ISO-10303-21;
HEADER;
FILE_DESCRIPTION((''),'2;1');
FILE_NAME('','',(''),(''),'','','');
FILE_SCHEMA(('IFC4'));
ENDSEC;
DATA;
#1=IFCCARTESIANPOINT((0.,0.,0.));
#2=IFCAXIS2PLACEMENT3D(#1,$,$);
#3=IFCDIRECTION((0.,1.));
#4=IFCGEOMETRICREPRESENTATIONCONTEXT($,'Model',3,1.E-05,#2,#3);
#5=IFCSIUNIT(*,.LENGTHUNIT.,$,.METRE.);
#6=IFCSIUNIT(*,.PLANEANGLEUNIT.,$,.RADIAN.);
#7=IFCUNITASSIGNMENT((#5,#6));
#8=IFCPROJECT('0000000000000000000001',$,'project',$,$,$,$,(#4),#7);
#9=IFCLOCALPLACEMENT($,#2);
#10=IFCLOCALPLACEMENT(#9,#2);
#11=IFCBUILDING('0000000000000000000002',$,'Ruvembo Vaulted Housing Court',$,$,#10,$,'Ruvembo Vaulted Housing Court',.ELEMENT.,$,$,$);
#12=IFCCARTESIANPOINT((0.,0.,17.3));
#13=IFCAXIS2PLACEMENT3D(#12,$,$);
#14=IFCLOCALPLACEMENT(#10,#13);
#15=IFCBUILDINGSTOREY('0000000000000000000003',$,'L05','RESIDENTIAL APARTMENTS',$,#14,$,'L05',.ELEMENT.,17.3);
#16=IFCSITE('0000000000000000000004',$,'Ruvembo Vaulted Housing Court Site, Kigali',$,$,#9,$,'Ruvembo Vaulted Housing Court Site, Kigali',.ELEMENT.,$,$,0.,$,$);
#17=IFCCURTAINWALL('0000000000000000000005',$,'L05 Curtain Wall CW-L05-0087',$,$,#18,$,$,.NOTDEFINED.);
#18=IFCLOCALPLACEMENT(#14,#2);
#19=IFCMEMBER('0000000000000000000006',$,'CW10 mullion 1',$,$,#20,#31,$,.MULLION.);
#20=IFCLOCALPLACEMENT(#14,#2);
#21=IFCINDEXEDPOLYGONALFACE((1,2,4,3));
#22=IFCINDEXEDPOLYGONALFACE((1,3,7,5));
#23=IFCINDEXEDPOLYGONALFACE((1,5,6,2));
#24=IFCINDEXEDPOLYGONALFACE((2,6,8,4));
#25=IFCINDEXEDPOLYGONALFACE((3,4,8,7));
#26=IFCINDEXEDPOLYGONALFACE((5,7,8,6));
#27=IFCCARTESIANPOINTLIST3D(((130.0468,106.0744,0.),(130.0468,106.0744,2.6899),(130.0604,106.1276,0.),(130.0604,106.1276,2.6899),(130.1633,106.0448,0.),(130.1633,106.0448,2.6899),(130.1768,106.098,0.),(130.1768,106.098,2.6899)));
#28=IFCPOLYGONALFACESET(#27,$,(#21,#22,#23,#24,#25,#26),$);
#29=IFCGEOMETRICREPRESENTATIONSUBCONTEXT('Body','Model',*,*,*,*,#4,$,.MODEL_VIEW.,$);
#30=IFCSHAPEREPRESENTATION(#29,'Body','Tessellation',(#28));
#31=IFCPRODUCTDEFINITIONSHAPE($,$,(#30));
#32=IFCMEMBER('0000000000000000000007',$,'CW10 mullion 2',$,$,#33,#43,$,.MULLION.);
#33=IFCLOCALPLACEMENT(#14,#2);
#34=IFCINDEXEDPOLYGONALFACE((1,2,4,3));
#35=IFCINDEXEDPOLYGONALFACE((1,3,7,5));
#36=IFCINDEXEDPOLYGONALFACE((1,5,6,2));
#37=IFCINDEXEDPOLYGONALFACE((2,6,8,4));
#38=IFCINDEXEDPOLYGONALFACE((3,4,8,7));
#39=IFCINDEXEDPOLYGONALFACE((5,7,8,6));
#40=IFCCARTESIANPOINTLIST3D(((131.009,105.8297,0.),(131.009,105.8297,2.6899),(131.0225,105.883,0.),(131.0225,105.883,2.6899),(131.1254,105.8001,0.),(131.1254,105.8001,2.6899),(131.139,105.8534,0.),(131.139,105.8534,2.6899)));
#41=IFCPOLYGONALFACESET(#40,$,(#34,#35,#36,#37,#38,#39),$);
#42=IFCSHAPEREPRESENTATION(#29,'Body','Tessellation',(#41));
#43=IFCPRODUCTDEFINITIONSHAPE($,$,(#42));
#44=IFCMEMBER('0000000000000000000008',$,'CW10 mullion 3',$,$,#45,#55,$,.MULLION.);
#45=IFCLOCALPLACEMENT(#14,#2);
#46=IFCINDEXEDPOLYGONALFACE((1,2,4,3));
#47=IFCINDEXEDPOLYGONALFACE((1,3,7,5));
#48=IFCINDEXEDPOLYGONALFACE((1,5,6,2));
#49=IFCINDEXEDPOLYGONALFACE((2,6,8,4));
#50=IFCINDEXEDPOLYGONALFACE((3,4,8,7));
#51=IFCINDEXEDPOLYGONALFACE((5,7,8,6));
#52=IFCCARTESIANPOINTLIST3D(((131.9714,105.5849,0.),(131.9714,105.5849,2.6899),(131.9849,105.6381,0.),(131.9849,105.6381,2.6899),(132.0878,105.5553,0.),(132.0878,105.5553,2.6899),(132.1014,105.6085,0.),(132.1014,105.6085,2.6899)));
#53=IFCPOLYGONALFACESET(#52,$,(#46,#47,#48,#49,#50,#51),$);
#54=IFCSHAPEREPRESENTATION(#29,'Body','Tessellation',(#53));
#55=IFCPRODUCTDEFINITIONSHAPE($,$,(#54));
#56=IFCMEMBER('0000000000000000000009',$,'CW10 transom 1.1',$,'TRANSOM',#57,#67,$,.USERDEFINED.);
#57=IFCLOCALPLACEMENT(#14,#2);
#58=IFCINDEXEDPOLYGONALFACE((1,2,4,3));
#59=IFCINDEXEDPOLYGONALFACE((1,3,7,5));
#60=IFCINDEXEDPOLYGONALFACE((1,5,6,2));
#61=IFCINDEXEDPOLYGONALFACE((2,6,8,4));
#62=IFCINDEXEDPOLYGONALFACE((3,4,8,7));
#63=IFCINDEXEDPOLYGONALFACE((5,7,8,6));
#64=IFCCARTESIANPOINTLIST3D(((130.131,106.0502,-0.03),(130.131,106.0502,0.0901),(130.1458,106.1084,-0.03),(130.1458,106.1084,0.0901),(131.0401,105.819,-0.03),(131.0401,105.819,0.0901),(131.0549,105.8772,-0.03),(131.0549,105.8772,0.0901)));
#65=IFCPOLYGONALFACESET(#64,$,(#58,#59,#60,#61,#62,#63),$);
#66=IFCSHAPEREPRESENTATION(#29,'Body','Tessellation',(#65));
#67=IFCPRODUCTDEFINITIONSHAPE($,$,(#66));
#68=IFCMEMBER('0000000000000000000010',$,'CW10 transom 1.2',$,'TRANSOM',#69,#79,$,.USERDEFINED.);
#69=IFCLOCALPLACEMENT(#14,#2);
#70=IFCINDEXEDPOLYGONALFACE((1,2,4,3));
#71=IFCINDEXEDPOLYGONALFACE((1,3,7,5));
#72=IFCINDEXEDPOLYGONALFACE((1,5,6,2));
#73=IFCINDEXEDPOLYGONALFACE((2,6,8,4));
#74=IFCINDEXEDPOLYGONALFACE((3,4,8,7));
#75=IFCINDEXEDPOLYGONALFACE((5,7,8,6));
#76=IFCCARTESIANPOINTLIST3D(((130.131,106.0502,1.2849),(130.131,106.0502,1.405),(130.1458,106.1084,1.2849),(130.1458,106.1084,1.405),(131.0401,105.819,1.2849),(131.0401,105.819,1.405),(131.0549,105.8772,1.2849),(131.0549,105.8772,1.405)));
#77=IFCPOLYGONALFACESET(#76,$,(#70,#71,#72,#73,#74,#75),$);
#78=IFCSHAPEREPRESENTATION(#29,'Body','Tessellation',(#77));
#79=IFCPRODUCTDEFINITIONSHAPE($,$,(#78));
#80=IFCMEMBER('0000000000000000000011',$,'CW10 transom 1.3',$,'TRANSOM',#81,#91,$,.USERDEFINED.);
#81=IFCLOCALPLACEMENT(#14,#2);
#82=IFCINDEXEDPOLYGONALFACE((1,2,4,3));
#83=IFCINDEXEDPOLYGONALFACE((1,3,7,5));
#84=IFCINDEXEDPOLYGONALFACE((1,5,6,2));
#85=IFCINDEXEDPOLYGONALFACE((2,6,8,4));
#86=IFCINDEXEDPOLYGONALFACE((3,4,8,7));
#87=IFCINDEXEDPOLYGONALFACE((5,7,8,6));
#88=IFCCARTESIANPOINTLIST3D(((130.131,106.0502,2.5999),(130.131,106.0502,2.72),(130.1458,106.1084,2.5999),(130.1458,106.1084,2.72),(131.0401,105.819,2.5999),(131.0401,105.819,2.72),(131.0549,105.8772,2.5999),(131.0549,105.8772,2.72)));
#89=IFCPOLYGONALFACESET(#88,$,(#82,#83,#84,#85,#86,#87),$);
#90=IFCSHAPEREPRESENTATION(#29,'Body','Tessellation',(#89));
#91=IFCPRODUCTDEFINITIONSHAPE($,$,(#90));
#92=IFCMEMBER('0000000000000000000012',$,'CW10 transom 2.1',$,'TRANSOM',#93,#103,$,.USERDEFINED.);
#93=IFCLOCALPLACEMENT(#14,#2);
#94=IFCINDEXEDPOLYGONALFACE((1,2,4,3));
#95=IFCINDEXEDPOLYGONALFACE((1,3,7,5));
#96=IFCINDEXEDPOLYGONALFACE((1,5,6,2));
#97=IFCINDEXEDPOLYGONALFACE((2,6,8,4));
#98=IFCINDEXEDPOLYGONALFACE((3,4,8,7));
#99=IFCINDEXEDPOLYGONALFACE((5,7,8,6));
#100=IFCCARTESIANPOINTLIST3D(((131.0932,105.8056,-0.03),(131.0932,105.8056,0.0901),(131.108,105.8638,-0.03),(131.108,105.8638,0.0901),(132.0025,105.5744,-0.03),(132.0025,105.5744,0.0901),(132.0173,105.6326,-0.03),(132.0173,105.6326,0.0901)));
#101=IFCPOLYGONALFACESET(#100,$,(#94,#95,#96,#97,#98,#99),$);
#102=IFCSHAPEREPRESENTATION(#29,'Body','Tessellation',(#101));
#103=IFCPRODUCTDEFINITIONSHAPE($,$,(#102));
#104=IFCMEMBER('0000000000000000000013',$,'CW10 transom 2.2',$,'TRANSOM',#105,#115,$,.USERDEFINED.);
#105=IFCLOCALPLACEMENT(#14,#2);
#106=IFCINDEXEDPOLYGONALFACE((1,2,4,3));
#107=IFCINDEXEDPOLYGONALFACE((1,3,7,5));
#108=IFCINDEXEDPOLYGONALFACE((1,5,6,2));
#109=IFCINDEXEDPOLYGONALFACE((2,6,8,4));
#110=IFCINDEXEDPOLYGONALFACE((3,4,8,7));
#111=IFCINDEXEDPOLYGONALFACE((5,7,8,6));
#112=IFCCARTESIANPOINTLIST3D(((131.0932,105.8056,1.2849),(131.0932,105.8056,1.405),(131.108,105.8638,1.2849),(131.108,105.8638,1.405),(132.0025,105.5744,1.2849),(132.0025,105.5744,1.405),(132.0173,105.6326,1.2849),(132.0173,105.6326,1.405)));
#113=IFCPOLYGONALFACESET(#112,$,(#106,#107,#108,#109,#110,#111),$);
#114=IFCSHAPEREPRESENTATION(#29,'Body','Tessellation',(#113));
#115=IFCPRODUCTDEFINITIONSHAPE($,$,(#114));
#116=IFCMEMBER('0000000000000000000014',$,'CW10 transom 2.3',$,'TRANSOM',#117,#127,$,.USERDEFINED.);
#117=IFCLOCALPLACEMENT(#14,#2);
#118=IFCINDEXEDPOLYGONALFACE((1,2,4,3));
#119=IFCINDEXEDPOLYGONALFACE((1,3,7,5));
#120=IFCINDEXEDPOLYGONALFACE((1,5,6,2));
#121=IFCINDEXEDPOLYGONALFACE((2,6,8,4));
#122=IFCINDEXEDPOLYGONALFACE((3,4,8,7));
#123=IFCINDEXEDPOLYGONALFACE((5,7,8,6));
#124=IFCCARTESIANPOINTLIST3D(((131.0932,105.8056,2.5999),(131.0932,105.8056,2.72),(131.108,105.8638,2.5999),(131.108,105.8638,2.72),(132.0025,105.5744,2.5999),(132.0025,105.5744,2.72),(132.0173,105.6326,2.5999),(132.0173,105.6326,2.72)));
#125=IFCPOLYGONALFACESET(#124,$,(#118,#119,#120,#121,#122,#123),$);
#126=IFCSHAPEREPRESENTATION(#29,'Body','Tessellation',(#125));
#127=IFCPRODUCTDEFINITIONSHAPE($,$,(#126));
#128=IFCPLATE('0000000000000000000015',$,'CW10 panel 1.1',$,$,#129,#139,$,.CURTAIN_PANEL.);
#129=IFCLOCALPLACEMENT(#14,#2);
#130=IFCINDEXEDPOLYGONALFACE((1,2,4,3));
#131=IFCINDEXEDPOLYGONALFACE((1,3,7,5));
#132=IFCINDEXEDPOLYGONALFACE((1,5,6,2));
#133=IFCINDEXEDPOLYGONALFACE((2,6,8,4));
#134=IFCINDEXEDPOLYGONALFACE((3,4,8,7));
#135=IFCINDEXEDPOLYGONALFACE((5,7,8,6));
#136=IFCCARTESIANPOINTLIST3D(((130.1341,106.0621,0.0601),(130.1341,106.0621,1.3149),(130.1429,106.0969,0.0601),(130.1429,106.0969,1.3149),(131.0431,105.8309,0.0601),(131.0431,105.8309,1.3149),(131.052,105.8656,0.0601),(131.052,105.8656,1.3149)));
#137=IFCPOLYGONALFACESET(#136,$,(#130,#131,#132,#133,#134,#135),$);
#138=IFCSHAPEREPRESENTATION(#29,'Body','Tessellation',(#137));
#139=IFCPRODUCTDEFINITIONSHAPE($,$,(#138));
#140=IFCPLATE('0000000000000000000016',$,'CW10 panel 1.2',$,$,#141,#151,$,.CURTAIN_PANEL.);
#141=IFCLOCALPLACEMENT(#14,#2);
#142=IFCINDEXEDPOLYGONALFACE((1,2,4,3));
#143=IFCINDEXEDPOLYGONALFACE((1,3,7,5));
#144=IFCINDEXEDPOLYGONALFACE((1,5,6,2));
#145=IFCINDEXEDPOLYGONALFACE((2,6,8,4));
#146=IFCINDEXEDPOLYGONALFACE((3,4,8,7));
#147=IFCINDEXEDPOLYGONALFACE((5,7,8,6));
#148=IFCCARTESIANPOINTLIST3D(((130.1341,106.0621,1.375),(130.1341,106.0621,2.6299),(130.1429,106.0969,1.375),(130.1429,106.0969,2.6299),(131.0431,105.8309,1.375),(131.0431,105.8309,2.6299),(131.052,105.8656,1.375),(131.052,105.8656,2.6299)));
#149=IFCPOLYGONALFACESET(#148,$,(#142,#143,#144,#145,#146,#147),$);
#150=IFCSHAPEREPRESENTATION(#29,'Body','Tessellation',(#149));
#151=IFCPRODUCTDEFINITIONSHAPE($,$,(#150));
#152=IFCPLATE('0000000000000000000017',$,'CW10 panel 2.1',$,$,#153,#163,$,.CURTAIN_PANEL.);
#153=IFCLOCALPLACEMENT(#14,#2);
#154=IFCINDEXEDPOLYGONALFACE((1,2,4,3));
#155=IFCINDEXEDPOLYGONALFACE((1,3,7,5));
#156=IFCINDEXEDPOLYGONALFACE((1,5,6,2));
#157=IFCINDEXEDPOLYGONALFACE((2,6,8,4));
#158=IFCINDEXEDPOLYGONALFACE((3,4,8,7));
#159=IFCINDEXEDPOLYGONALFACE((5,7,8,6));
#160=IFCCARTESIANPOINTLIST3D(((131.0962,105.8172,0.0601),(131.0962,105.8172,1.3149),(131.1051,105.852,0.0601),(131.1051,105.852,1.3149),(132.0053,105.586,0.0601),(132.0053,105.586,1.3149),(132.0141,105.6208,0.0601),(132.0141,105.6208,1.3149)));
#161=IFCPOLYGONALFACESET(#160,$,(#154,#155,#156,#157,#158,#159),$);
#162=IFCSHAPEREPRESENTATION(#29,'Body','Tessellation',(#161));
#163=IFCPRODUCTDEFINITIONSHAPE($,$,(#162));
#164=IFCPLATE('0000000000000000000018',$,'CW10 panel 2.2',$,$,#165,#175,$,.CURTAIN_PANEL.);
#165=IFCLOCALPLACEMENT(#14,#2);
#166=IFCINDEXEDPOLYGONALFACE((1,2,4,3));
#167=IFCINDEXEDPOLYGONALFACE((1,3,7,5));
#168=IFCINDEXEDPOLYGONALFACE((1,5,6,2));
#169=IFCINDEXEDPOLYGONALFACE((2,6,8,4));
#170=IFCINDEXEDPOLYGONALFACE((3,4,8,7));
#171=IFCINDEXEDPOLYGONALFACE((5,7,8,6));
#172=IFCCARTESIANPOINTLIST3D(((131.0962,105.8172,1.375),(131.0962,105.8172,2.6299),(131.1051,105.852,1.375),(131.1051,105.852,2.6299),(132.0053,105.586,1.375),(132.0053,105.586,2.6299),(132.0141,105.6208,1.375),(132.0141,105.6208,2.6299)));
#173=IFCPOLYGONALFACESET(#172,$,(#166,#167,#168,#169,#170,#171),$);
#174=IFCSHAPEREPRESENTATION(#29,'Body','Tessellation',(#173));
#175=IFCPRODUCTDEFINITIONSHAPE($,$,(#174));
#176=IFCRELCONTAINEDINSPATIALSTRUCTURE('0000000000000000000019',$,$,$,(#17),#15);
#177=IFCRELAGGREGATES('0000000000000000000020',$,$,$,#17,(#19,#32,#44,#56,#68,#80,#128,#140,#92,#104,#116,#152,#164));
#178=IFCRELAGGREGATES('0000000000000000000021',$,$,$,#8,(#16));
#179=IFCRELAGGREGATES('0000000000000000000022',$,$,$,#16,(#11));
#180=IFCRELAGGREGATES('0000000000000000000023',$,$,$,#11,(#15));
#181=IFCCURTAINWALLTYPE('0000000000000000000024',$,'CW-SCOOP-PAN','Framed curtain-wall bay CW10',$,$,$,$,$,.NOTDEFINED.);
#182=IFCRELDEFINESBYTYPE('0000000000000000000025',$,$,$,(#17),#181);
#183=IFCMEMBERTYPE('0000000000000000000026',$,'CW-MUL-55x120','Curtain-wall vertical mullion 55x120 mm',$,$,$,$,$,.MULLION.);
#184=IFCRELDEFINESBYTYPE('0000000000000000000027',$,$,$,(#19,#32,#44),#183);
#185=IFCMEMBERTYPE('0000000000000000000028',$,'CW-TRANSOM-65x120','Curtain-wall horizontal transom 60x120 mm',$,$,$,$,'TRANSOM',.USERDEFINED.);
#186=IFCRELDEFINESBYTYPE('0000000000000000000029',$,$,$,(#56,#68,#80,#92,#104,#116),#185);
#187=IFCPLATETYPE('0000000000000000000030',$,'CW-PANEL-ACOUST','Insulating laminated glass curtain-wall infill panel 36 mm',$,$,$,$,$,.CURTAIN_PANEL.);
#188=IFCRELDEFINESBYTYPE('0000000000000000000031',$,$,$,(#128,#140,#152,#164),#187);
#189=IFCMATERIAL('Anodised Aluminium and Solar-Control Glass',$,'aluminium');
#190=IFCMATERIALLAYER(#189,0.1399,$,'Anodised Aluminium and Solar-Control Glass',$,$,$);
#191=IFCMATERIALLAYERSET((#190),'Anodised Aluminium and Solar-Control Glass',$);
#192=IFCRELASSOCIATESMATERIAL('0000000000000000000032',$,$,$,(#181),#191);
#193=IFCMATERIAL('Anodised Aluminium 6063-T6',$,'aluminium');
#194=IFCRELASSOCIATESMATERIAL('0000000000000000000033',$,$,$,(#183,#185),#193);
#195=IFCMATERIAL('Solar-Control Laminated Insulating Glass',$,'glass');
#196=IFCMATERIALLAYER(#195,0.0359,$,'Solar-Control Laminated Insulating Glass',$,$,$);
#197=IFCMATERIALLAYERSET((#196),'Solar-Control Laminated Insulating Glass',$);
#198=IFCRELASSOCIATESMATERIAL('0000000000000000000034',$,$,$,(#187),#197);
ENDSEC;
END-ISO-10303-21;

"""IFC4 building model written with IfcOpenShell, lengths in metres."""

from ifc_helpers import new_model, si_unit, direction, frame, origin, origin_2d, place, context, subcontext, project, spatial, rectangle, extrude, material, layer, layer_set, material_profile, profile_set, type_object, element, aggregate, save


model = new_model("IFC4")

# Units and contexts
model_context = context("Model", 3, precision=1e-05, world=origin(), true_north=direction((0.0, 1.0)))
body_context = subcontext(model_context, "Body", "Model", "MODEL_VIEW")
ifc_project = project(units=[si_unit("LENGTHUNIT", "METRE"), si_unit("PLANEANGLEUNIT", "RADIAN")], contexts=[model_context])

# Site, building, storey
site_placement = place(None, origin())
site = spatial("IfcSite", under=ifc_project, at=site_placement, Name="Ruvembo Vaulted Housing Court Site, Kigali", LongName="Ruvembo Vaulted Housing Court Site, Kigali", CompositionType="ELEMENT", RefElevation=0.0)
building_placement = place(site_placement, origin())
building = spatial("IfcBuilding", under=site, at=building_placement, Name="Ruvembo Vaulted Housing Court", LongName="Ruvembo Vaulted Housing Court", CompositionType="ELEMENT")
storey_placement = place(building_placement, frame((0.0, 0.0, 17.3)))
storey = spatial("IfcBuildingStorey", under=building, at=storey_placement, Name="L05", Description="RESIDENTIAL APARTMENTS", LongName="L05", CompositionType="ELEMENT", Elevation=17.3)

# Curtain wall, members, plates
ifc_material_1 = material(Name="Anodised Aluminium and Solar-Control Glass", Category="aluminium")
ifc_layer_1 = layer(ifc_material_1, 0.1399, Name="Anodised Aluminium and Solar-Control Glass")
ifc_layer_set_1 = layer_set([ifc_layer_1], Name="Anodised Aluminium and Solar-Control Glass")
curtain_wall_type = type_object("IfcCurtainWallType", Name="CW-SCOOP-PAN", Description="Framed curtain-wall bay CW10", PredefinedType="NOTDEFINED", material=ifc_layer_set_1)
curtain_wall_placement = place(storey_placement, origin())
curtain_wall = element("IfcCurtainWall", 1, at=curtain_wall_placement, inside=storey, type_object=curtain_wall_type, Name="L05 Curtain Wall CW-L05-0087", PredefinedType="NOTDEFINED")
ifc_material_2 = material(Name="Anodised Aluminium 6063-T6", Category="aluminium")
ifc_material_profile_1 = material_profile(ifc_material_2, rectangle(XDim=0.0549, YDim=0.1201, at=origin_2d()), Name="ALU 55x120")
ifc_profile_set_1 = profile_set([ifc_material_profile_1], Name="Anodised Aluminium 6063-T6")
member_type_1 = type_object("IfcMemberType", Name="CW-MUL-55x120", Description="Curtain-wall vertical mullion 55x120 mm", PredefinedType="MULLION", material=ifc_profile_set_1)
member_1_placement = place(storey_placement, frame((130.1118, 106.0862, 0.0), z_axis=(0.0, 0.0, 1.0), x_axis=(0.246511, 0.96914, 0.0)))
member_1 = element("IfcMember", 2, at=member_1_placement, type_object=member_type_1, Name="CW10 mullion 1", PredefinedType="MULLION", context=body_context, shape_type="SweptSolid", body=[
    extrude(rectangle(XDim=0.0549, YDim=0.1201, at=origin_2d()), origin(), (0.0, 0.0, 1.0), 2.6899),
])
member_2_placement = place(storey_placement, frame((131.074, 105.8416, 0.0), z_axis=(0.0, 0.0, 1.0), x_axis=(0.246511, 0.96914, 0.0)))
member_2 = element("IfcMember", 3, at=member_2_placement, type_object=member_type_1, Name="CW10 mullion 2", PredefinedType="MULLION", context=body_context, shape_type="SweptSolid", body=[
    extrude(rectangle(XDim=0.0549, YDim=0.1201, at=origin_2d()), origin(), (0.0, 0.0, 1.0), 2.6899),
])
member_3_placement = place(storey_placement, frame((132.0364, 105.5967, 0.0), z_axis=(0.0, 0.0, 1.0), x_axis=(0.246511, 0.96914, 0.0)))
member_3 = element("IfcMember", 4, at=member_3_placement, type_object=member_type_1, Name="CW10 mullion 3", PredefinedType="MULLION", context=body_context, shape_type="SweptSolid", body=[
    extrude(rectangle(XDim=0.0549, YDim=0.1201, at=origin_2d()), origin(), (0.0, 0.0, 1.0), 2.6899),
])
ifc_material_profile_2 = material_profile(ifc_material_2, rectangle(XDim=0.0601, YDim=0.1201, at=origin_2d()), Name="ALU 60x120")
ifc_profile_set_2 = profile_set([ifc_material_profile_2], Name="Anodised Aluminium 6063-T6")
member_type_2 = type_object("IfcMemberType", Name="CW-TRANSOM-65x120", Description="Curtain-wall horizontal transom 60x120 mm", ElementType="TRANSOM", PredefinedType="USERDEFINED", material=ifc_profile_set_2)
member_4_placement = place(storey_placement, frame((130.1384, 106.0793, 0.03), z_axis=(0.969139, -0.246515, 0.0), x_axis=(0.246515, 0.969139, 0.0)))
member_4 = element("IfcMember", 5, at=member_4_placement, type_object=member_type_2, Name="CW10 transom 1.1", ObjectType="TRANSOM", PredefinedType="USERDEFINED", context=body_context, shape_type="SweptSolid", body=[
    extrude(rectangle(XDim=0.0601, YDim=0.1201, at=origin_2d()), origin(), (0.0, 0.0, 1.0), 0.938),
])
member_5_placement = place(storey_placement, frame((130.1384, 106.0793, 1.345), z_axis=(0.969139, -0.246515, 0.0), x_axis=(0.246515, 0.969139, 0.0)))
member_5 = element("IfcMember", 6, at=member_5_placement, type_object=member_type_2, Name="CW10 transom 1.2", ObjectType="TRANSOM", PredefinedType="USERDEFINED", context=body_context, shape_type="SweptSolid", body=[
    extrude(rectangle(XDim=0.0601, YDim=0.1201, at=origin_2d()), origin(), (0.0, 0.0, 1.0), 0.938),
])
member_6_placement = place(storey_placement, frame((130.1384, 106.0793, 2.6599), z_axis=(0.969139, -0.246515, 0.0), x_axis=(0.246515, 0.969139, 0.0)))
member_6 = element("IfcMember", 7, at=member_6_placement, type_object=member_type_2, Name="CW10 transom 1.3", ObjectType="TRANSOM", PredefinedType="USERDEFINED", context=body_context, shape_type="SweptSolid", body=[
    extrude(rectangle(XDim=0.0601, YDim=0.1201, at=origin_2d()), origin(), (0.0, 0.0, 1.0), 0.938),
])
member_7_placement = place(storey_placement, frame((131.1006, 105.8347, 0.03), z_axis=(0.969155, -0.246453, 0.0), x_axis=(0.246453, 0.969155, 0.0)))
member_7 = element("IfcMember", 8, at=member_7_placement, type_object=member_type_2, Name="CW10 transom 2.1", ObjectType="TRANSOM", PredefinedType="USERDEFINED", context=body_context, shape_type="SweptSolid", body=[
    extrude(rectangle(XDim=0.0601, YDim=0.1201, at=origin_2d()), origin(), (0.0, 0.0, 1.0), 0.9382),
])
member_8_placement = place(storey_placement, frame((131.1006, 105.8347, 1.345), z_axis=(0.969155, -0.246453, 0.0), x_axis=(0.246453, 0.969155, 0.0)))
member_8 = element("IfcMember", 9, at=member_8_placement, type_object=member_type_2, Name="CW10 transom 2.2", ObjectType="TRANSOM", PredefinedType="USERDEFINED", context=body_context, shape_type="SweptSolid", body=[
    extrude(rectangle(XDim=0.0601, YDim=0.1201, at=origin_2d()), origin(), (0.0, 0.0, 1.0), 0.9382),
])
member_9_placement = place(storey_placement, frame((131.1006, 105.8347, 2.6599), z_axis=(0.969155, -0.246453, 0.0), x_axis=(0.246453, 0.969155, 0.0)))
member_9 = element("IfcMember", 10, at=member_9_placement, type_object=member_type_2, Name="CW10 transom 2.3", ObjectType="TRANSOM", PredefinedType="USERDEFINED", context=body_context, shape_type="SweptSolid", body=[
    extrude(rectangle(XDim=0.0601, YDim=0.1201, at=origin_2d()), origin(), (0.0, 0.0, 1.0), 0.9382),
])
ifc_material_3 = material(Name="Solar-Control Laminated Insulating Glass", Category="glass")
ifc_layer_2 = layer(ifc_material_3, 0.0359, Name="Solar-Control Laminated Insulating Glass")
ifc_layer_set_2 = layer_set([ifc_layer_2], Name="Solar-Control Laminated Insulating Glass")
plate_type = type_object("IfcPlateType", Name="CW-PANEL-ACOUST", Description="Insulating laminated glass curtain-wall infill panel 36 mm", PredefinedType="CURTAIN_PANEL", material=ifc_layer_set_2)
plate_1_placement = place(storey_placement, frame((130.593, 105.9639, 0.0601), z_axis=(0.0, 0.0, 1.0), x_axis=(0.96914, -0.246511, 0.0)))
plate_1 = element("IfcPlate", 11, at=plate_1_placement, type_object=plate_type, Name="CW10 panel 1.1", PredefinedType="CURTAIN_PANEL", context=body_context, shape_type="SweptSolid", body=[
    extrude(rectangle(XDim=0.938, YDim=0.0359, at=origin_2d()), origin(), (0.0, 0.0, 1.0), 1.2549),
])
plate_2_placement = place(storey_placement, frame((130.593, 105.9639, 1.375), z_axis=(0.0, 0.0, 1.0), x_axis=(0.96914, -0.246511, 0.0)))
plate_2 = element("IfcPlate", 12, at=plate_2_placement, type_object=plate_type, Name="CW10 panel 1.2", PredefinedType="CURTAIN_PANEL", context=body_context, shape_type="SweptSolid", body=[
    extrude(rectangle(XDim=0.938, YDim=0.0359, at=origin_2d()), origin(), (0.0, 0.0, 1.0), 1.2549),
])
plate_3_placement = place(storey_placement, frame((131.5552, 105.719, 0.0601), z_axis=(0.0, 0.0, 1.0), x_axis=(0.96914, -0.246511, 0.0)))
plate_3 = element("IfcPlate", 13, at=plate_3_placement, type_object=plate_type, Name="CW10 panel 2.1", PredefinedType="CURTAIN_PANEL", context=body_context, shape_type="SweptSolid", body=[
    extrude(rectangle(XDim=0.938, YDim=0.0359, at=origin_2d()), origin(), (0.0, 0.0, 1.0), 1.2549),
])
plate_4_placement = place(storey_placement, frame((131.5552, 105.719, 1.375), z_axis=(0.0, 0.0, 1.0), x_axis=(0.96914, -0.246511, 0.0)))
plate_4 = element("IfcPlate", 14, at=plate_4_placement, type_object=plate_type, Name="CW10 panel 2.2", PredefinedType="CURTAIN_PANEL", context=body_context, shape_type="SweptSolid", body=[
    extrude(rectangle(XDim=0.938, YDim=0.0359, at=origin_2d()), origin(), (0.0, 0.0, 1.0), 1.2549),
])
aggregate(curtain_wall, [member_1, member_2, member_3, member_4, member_5, member_6, plate_1, plate_2, member_7, member_8, member_9, plate_3, plate_4])

save(model, "model.ifc")
